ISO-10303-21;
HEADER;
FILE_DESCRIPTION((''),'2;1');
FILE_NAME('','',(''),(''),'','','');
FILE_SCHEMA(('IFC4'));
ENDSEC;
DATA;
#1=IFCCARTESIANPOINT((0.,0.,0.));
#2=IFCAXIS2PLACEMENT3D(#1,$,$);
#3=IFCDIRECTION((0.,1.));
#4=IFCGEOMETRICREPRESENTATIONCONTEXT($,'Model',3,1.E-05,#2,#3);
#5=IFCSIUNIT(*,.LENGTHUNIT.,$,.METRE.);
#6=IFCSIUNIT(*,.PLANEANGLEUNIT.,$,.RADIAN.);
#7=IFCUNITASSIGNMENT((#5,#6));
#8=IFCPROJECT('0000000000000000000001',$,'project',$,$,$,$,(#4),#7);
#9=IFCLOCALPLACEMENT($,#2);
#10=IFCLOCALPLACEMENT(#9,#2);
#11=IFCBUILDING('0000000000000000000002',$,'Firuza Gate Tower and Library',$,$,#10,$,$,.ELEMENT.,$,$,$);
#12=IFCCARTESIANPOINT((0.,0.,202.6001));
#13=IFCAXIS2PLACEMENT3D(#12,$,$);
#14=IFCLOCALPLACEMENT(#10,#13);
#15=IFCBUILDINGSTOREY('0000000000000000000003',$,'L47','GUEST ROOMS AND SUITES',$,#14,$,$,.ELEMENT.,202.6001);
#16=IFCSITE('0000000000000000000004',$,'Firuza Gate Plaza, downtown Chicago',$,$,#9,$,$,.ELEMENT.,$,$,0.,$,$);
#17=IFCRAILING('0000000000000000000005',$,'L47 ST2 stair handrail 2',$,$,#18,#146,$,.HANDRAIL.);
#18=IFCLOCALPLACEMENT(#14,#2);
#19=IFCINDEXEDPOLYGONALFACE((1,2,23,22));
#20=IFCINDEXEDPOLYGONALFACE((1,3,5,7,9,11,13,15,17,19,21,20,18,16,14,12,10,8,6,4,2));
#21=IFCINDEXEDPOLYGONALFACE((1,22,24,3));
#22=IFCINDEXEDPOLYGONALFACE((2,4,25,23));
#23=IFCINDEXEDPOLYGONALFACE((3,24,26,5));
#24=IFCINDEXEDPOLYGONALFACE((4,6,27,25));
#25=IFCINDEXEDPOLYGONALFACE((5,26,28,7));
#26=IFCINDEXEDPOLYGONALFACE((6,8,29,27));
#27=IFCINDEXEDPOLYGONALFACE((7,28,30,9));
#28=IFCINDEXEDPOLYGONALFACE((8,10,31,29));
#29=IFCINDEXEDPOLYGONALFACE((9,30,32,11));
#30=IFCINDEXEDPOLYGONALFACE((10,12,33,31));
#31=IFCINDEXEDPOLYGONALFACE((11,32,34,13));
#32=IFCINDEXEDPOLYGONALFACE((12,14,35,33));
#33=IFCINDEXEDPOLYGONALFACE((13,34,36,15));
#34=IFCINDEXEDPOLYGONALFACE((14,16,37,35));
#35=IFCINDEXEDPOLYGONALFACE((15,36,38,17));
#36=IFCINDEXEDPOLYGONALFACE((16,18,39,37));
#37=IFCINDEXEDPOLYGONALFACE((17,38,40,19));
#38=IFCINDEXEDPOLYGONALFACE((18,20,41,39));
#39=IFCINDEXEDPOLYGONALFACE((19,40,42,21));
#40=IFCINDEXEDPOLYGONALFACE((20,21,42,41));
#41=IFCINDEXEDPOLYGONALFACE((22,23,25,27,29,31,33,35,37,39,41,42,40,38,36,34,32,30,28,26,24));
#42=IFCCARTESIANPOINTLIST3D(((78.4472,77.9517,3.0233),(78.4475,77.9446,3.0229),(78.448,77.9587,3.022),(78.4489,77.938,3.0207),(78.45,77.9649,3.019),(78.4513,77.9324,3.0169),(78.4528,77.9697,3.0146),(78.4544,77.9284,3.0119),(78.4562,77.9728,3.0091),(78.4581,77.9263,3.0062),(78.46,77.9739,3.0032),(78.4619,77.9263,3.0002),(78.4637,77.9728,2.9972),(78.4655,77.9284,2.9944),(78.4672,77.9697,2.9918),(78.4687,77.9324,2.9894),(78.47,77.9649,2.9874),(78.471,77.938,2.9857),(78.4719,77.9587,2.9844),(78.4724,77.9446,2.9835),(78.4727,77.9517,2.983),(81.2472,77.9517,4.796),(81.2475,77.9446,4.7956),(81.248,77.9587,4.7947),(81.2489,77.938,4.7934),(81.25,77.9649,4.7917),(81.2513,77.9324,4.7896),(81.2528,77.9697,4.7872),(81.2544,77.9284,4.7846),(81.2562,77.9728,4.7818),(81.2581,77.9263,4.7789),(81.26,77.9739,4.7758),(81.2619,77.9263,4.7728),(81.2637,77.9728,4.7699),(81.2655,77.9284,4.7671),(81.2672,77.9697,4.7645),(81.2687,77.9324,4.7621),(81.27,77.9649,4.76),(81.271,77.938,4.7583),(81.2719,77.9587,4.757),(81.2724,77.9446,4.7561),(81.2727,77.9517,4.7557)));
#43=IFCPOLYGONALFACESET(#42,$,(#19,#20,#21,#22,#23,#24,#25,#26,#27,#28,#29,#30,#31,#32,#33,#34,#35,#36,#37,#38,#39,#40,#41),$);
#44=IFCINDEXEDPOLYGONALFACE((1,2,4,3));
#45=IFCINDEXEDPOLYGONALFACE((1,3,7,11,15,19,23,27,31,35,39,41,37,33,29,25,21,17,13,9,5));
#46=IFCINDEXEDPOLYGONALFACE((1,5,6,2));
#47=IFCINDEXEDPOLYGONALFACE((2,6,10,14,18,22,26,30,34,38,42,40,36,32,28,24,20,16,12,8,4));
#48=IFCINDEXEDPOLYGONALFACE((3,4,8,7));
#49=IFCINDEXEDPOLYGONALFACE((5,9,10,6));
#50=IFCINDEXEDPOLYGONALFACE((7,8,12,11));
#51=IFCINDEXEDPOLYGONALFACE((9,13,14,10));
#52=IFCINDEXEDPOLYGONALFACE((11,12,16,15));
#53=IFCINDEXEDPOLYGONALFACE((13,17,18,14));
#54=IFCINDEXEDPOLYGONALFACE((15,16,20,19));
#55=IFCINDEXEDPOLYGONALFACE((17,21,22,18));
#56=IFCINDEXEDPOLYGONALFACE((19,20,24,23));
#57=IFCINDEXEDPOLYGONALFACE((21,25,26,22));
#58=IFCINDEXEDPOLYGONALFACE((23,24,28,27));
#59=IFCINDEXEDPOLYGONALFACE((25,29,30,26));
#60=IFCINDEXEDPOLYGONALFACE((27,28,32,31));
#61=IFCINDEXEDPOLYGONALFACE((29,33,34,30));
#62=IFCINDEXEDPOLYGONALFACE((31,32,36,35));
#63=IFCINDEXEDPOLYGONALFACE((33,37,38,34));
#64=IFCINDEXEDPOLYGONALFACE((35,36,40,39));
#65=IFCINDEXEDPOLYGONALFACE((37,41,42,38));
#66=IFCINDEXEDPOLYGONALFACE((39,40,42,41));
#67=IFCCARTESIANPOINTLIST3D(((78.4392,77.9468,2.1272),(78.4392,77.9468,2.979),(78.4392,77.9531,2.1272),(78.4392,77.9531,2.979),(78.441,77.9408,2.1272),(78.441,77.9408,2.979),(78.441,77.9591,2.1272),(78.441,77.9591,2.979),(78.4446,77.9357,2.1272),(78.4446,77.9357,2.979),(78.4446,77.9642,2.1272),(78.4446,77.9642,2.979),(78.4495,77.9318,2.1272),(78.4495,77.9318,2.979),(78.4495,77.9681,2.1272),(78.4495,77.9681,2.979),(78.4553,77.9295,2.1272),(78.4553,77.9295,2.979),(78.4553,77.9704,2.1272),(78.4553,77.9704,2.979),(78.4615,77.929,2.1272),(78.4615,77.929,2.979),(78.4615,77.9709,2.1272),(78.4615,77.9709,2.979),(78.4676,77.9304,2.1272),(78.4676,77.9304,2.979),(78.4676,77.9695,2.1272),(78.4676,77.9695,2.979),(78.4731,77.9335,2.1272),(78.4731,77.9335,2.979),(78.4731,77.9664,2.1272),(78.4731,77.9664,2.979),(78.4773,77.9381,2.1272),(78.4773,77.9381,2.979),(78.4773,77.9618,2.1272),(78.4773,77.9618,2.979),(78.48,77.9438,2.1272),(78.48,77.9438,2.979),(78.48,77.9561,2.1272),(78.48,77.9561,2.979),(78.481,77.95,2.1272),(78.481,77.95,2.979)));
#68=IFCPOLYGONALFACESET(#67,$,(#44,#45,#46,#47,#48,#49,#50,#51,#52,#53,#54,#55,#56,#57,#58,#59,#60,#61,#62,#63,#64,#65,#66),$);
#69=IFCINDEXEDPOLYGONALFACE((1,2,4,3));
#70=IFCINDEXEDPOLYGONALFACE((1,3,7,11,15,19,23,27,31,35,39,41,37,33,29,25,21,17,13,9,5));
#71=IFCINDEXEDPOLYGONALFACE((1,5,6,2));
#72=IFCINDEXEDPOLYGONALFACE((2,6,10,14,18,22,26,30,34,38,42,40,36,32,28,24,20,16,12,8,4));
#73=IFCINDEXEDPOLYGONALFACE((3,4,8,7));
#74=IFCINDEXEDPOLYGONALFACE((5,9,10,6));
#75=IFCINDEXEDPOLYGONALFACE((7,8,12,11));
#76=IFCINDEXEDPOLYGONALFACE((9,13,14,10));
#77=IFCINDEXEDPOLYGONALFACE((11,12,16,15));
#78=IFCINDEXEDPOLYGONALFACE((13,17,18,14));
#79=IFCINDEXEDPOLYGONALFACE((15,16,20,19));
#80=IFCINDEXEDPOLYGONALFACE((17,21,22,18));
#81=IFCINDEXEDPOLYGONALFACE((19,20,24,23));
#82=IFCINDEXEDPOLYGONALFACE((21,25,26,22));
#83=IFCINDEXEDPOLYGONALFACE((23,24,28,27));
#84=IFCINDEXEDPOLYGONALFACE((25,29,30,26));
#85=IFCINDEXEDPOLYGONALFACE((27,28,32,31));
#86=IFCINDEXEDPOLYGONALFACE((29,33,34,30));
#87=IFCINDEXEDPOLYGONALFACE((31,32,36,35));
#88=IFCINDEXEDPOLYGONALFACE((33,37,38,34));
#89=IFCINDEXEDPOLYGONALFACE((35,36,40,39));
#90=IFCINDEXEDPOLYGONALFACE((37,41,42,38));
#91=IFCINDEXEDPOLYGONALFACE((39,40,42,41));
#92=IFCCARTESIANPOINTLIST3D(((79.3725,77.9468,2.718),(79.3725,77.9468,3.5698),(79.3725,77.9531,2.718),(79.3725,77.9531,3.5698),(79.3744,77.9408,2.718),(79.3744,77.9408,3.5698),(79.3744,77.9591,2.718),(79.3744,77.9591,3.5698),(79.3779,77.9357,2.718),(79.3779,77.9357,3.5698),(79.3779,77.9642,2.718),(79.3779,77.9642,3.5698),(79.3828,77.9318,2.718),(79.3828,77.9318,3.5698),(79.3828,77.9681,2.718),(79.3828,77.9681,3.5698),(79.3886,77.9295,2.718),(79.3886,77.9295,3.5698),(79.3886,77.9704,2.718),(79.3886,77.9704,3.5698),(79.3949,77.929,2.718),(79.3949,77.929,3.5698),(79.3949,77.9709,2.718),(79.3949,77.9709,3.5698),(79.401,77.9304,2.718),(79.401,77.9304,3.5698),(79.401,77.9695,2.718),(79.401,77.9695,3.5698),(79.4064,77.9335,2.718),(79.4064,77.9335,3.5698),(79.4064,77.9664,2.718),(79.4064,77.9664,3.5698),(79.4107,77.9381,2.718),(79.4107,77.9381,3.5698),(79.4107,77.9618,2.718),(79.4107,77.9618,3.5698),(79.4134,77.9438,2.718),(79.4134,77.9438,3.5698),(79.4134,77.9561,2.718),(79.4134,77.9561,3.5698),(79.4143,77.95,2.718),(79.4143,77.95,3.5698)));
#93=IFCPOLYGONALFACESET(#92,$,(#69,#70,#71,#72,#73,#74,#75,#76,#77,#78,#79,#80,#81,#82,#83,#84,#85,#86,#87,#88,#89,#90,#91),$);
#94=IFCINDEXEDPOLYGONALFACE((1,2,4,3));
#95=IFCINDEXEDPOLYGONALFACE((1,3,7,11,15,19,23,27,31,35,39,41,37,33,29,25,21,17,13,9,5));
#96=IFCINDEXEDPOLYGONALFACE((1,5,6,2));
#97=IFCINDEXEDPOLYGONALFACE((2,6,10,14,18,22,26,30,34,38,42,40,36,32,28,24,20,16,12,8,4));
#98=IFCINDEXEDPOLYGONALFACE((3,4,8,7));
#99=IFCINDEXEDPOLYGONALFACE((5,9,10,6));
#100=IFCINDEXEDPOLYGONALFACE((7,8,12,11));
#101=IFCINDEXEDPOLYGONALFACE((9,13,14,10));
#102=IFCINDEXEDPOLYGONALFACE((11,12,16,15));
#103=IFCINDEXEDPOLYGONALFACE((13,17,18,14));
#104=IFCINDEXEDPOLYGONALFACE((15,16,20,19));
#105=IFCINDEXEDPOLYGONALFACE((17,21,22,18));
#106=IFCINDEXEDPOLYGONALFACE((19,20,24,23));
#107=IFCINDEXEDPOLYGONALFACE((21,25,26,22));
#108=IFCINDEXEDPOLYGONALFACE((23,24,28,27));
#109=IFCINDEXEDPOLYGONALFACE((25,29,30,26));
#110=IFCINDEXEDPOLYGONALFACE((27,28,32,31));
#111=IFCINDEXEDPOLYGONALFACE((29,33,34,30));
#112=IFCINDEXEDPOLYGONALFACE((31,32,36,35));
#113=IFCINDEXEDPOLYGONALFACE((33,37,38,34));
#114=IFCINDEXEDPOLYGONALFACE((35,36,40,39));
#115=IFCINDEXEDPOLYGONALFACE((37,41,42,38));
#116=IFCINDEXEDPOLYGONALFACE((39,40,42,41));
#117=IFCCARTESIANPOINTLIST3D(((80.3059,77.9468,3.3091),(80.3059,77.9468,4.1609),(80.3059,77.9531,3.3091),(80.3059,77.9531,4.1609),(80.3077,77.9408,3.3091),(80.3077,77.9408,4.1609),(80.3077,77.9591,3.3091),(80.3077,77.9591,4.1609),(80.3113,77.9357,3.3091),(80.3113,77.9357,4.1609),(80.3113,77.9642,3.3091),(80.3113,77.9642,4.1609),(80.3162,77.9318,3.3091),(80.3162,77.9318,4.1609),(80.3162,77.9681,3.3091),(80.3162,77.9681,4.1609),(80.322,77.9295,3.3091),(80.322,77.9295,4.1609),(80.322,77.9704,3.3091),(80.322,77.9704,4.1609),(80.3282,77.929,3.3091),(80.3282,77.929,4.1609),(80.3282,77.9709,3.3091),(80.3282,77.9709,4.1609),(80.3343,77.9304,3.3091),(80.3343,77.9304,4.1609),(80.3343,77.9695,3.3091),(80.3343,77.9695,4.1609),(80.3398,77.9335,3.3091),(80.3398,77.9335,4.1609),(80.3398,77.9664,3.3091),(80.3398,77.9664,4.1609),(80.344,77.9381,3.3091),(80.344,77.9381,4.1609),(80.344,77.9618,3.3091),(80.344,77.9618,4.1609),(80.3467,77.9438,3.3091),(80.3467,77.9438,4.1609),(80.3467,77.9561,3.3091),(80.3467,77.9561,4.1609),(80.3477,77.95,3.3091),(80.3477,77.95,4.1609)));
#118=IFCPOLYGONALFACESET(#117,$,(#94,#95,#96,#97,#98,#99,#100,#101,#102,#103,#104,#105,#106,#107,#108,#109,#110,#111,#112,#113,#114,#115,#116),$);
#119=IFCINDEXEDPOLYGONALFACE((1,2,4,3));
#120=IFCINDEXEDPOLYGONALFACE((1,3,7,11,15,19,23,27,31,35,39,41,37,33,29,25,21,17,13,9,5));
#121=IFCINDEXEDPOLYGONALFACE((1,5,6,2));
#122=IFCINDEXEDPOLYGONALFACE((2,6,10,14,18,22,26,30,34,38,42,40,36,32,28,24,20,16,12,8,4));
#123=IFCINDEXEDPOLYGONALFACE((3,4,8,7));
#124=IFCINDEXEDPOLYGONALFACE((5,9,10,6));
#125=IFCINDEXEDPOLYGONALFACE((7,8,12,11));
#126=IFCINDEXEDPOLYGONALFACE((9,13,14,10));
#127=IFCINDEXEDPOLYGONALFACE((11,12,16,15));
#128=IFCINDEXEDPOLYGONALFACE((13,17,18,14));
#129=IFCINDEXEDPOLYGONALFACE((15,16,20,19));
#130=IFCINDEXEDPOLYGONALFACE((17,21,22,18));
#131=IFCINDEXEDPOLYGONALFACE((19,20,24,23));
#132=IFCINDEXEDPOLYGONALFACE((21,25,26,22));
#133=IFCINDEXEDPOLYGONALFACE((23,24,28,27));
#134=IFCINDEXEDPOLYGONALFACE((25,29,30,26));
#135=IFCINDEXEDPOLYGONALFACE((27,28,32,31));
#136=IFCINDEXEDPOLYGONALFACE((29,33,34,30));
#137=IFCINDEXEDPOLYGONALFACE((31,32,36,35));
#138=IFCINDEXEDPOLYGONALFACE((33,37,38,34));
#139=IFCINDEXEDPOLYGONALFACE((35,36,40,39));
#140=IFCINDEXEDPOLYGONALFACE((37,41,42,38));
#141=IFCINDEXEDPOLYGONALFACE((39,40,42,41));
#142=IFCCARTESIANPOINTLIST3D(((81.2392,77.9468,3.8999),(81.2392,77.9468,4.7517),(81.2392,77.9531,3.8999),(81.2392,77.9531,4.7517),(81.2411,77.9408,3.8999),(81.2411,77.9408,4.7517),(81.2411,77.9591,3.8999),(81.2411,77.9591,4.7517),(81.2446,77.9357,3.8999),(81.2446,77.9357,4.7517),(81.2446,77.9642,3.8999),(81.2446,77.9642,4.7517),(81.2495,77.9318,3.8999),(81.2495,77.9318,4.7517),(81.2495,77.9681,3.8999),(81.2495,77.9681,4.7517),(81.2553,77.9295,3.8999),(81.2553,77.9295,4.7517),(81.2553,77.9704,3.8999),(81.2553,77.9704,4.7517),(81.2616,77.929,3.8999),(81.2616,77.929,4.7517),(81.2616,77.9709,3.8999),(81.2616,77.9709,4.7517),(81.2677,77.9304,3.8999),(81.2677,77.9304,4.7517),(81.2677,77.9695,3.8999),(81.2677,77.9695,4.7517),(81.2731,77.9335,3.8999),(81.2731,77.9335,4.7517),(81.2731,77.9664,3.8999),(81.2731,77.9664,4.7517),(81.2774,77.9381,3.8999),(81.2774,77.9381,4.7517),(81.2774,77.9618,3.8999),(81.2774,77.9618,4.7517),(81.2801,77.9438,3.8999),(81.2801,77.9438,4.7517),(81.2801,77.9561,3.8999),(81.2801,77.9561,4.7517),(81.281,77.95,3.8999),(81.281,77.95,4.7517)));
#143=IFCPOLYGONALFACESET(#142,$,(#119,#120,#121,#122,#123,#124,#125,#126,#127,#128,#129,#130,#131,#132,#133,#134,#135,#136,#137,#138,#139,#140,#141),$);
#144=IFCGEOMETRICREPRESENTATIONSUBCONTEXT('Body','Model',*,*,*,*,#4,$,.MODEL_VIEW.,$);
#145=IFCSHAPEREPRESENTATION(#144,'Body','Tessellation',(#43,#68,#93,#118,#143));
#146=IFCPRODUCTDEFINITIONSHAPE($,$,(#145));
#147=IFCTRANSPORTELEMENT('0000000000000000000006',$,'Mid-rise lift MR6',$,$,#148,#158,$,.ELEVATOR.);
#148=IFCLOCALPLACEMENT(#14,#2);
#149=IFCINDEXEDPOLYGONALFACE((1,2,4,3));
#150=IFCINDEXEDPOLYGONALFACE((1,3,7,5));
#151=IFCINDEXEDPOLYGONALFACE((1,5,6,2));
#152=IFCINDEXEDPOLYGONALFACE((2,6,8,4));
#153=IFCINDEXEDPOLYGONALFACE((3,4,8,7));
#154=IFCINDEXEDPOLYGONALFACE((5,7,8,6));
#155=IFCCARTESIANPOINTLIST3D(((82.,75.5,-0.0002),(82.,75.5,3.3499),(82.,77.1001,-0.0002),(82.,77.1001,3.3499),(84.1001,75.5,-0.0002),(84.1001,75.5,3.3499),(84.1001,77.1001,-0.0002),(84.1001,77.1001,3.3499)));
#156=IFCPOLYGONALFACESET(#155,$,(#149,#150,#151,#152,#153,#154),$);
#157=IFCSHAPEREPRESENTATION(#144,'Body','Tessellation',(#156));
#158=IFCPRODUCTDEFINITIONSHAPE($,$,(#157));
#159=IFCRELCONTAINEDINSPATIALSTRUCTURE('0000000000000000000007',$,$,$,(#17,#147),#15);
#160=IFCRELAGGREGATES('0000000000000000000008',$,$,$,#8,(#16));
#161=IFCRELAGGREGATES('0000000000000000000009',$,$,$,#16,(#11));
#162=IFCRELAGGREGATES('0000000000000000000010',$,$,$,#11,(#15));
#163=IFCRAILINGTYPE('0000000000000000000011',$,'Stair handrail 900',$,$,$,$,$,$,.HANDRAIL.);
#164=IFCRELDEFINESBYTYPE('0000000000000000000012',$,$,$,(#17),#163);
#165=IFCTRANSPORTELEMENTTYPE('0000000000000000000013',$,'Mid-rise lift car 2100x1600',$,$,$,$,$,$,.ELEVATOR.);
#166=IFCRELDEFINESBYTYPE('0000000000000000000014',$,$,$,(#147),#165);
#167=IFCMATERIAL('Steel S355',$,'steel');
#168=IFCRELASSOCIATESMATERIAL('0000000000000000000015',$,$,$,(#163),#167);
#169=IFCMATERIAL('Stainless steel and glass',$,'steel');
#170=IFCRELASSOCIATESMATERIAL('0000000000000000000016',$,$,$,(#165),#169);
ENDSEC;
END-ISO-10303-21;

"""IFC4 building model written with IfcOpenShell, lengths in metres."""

from ifc_helpers import new_model, si_unit, direction, frame, origin, origin_2d, place, context, subcontext, project, spatial, rectangle, circle, extrude, material, type_object, element, save


model = new_model("IFC4")

# Units and contexts
model_context = context("Model", 3, precision=1e-05, world=origin(), true_north=direction((0.0, 1.0)))
body_context = subcontext(model_context, "Body", "Model", "MODEL_VIEW")
ifc_project = project(units=[si_unit("LENGTHUNIT", "METRE"), si_unit("PLANEANGLEUNIT", "RADIAN")], contexts=[model_context])

# Site, building, storey
site_placement = place(None, origin())
site = spatial("IfcSite", under=ifc_project, at=site_placement, Name="Firuza Gate Plaza, downtown Chicago", CompositionType="ELEMENT", RefElevation=0.0)
building_placement = place(site_placement, origin())
building = spatial("IfcBuilding", under=site, at=building_placement, Name="Firuza Gate Tower and Library", CompositionType="ELEMENT")
storey_placement = place(building_placement, frame((0.0, 0.0, 202.6001)))
storey = spatial("IfcBuildingStorey", under=building, at=storey_placement, Name="L47", Description="GUEST ROOMS AND SUITES", CompositionType="ELEMENT", Elevation=202.6001)

# Railing
ifc_material_1 = material(Name="Steel S355", Category="steel")
railing_type_1 = type_object("IfcRailingType", Name="Stair handrail 900", PredefinedType="HANDRAIL", material=ifc_material_1)
railing_1_placement = place(storey_placement, frame((78.46, 77.95, 2.1272)))
element("IfcRailing", 1, at=railing_1_placement, inside=storey, type_object=railing_type_1, Name="L47 ST2 stair handrail 2", PredefinedType="HANDRAIL", context=body_context, shape_type="SweptSolid", body=[
    extrude(circle(Radius=0.0239, at=origin_2d()), frame((0.0, 0.0, 0.876), z_axis=(0.844909, 0.0, 0.53491), x_axis=(0.0, 1.0, 0.0)), (0.0, 0.0, 1.0), 3.314),
    extrude(circle(Radius=0.021, at=origin_2d()), origin(), (0.0, 0.0, 1.0), 0.8518),
    extrude(circle(Radius=0.021, at=origin_2d()), frame((0.9333, 0.0, 0.5908)), (0.0, 0.0, 1.0), 0.8518),
    extrude(circle(Radius=0.021, at=origin_2d()), frame((1.8667, 0.0, 1.1819)), (0.0, 0.0, 1.0), 0.8518),
    extrude(circle(Radius=0.021, at=origin_2d()), frame((2.8, 0.0, 1.7727)), (0.0, 0.0, 1.0), 0.8518),
])

# Transport element
ifc_material_2 = material(Name="Stainless steel and glass", Category="steel")
transport_element_type = type_object("IfcTransportElementType", Name="Mid-rise lift car 2100x1600", PredefinedType="ELEVATOR", material=ifc_material_2)
transport_element_placement = place(storey_placement, frame((83.05, 76.3, -0.0002), z_axis=(0.0, 0.0, 1.0), x_axis=(1.0, 0.0, 0.0)))
element("IfcTransportElement", 2, at=transport_element_placement, inside=storey, type_object=transport_element_type, Name="Mid-rise lift MR6", PredefinedType="ELEVATOR", context=body_context, shape_type="SweptSolid", body=[
    extrude(rectangle(XDim=2.1001, YDim=1.6001, at=origin_2d()), origin(), (0.0, 0.0, 1.0), 3.3501),
])

save(model, "model.ifc")
